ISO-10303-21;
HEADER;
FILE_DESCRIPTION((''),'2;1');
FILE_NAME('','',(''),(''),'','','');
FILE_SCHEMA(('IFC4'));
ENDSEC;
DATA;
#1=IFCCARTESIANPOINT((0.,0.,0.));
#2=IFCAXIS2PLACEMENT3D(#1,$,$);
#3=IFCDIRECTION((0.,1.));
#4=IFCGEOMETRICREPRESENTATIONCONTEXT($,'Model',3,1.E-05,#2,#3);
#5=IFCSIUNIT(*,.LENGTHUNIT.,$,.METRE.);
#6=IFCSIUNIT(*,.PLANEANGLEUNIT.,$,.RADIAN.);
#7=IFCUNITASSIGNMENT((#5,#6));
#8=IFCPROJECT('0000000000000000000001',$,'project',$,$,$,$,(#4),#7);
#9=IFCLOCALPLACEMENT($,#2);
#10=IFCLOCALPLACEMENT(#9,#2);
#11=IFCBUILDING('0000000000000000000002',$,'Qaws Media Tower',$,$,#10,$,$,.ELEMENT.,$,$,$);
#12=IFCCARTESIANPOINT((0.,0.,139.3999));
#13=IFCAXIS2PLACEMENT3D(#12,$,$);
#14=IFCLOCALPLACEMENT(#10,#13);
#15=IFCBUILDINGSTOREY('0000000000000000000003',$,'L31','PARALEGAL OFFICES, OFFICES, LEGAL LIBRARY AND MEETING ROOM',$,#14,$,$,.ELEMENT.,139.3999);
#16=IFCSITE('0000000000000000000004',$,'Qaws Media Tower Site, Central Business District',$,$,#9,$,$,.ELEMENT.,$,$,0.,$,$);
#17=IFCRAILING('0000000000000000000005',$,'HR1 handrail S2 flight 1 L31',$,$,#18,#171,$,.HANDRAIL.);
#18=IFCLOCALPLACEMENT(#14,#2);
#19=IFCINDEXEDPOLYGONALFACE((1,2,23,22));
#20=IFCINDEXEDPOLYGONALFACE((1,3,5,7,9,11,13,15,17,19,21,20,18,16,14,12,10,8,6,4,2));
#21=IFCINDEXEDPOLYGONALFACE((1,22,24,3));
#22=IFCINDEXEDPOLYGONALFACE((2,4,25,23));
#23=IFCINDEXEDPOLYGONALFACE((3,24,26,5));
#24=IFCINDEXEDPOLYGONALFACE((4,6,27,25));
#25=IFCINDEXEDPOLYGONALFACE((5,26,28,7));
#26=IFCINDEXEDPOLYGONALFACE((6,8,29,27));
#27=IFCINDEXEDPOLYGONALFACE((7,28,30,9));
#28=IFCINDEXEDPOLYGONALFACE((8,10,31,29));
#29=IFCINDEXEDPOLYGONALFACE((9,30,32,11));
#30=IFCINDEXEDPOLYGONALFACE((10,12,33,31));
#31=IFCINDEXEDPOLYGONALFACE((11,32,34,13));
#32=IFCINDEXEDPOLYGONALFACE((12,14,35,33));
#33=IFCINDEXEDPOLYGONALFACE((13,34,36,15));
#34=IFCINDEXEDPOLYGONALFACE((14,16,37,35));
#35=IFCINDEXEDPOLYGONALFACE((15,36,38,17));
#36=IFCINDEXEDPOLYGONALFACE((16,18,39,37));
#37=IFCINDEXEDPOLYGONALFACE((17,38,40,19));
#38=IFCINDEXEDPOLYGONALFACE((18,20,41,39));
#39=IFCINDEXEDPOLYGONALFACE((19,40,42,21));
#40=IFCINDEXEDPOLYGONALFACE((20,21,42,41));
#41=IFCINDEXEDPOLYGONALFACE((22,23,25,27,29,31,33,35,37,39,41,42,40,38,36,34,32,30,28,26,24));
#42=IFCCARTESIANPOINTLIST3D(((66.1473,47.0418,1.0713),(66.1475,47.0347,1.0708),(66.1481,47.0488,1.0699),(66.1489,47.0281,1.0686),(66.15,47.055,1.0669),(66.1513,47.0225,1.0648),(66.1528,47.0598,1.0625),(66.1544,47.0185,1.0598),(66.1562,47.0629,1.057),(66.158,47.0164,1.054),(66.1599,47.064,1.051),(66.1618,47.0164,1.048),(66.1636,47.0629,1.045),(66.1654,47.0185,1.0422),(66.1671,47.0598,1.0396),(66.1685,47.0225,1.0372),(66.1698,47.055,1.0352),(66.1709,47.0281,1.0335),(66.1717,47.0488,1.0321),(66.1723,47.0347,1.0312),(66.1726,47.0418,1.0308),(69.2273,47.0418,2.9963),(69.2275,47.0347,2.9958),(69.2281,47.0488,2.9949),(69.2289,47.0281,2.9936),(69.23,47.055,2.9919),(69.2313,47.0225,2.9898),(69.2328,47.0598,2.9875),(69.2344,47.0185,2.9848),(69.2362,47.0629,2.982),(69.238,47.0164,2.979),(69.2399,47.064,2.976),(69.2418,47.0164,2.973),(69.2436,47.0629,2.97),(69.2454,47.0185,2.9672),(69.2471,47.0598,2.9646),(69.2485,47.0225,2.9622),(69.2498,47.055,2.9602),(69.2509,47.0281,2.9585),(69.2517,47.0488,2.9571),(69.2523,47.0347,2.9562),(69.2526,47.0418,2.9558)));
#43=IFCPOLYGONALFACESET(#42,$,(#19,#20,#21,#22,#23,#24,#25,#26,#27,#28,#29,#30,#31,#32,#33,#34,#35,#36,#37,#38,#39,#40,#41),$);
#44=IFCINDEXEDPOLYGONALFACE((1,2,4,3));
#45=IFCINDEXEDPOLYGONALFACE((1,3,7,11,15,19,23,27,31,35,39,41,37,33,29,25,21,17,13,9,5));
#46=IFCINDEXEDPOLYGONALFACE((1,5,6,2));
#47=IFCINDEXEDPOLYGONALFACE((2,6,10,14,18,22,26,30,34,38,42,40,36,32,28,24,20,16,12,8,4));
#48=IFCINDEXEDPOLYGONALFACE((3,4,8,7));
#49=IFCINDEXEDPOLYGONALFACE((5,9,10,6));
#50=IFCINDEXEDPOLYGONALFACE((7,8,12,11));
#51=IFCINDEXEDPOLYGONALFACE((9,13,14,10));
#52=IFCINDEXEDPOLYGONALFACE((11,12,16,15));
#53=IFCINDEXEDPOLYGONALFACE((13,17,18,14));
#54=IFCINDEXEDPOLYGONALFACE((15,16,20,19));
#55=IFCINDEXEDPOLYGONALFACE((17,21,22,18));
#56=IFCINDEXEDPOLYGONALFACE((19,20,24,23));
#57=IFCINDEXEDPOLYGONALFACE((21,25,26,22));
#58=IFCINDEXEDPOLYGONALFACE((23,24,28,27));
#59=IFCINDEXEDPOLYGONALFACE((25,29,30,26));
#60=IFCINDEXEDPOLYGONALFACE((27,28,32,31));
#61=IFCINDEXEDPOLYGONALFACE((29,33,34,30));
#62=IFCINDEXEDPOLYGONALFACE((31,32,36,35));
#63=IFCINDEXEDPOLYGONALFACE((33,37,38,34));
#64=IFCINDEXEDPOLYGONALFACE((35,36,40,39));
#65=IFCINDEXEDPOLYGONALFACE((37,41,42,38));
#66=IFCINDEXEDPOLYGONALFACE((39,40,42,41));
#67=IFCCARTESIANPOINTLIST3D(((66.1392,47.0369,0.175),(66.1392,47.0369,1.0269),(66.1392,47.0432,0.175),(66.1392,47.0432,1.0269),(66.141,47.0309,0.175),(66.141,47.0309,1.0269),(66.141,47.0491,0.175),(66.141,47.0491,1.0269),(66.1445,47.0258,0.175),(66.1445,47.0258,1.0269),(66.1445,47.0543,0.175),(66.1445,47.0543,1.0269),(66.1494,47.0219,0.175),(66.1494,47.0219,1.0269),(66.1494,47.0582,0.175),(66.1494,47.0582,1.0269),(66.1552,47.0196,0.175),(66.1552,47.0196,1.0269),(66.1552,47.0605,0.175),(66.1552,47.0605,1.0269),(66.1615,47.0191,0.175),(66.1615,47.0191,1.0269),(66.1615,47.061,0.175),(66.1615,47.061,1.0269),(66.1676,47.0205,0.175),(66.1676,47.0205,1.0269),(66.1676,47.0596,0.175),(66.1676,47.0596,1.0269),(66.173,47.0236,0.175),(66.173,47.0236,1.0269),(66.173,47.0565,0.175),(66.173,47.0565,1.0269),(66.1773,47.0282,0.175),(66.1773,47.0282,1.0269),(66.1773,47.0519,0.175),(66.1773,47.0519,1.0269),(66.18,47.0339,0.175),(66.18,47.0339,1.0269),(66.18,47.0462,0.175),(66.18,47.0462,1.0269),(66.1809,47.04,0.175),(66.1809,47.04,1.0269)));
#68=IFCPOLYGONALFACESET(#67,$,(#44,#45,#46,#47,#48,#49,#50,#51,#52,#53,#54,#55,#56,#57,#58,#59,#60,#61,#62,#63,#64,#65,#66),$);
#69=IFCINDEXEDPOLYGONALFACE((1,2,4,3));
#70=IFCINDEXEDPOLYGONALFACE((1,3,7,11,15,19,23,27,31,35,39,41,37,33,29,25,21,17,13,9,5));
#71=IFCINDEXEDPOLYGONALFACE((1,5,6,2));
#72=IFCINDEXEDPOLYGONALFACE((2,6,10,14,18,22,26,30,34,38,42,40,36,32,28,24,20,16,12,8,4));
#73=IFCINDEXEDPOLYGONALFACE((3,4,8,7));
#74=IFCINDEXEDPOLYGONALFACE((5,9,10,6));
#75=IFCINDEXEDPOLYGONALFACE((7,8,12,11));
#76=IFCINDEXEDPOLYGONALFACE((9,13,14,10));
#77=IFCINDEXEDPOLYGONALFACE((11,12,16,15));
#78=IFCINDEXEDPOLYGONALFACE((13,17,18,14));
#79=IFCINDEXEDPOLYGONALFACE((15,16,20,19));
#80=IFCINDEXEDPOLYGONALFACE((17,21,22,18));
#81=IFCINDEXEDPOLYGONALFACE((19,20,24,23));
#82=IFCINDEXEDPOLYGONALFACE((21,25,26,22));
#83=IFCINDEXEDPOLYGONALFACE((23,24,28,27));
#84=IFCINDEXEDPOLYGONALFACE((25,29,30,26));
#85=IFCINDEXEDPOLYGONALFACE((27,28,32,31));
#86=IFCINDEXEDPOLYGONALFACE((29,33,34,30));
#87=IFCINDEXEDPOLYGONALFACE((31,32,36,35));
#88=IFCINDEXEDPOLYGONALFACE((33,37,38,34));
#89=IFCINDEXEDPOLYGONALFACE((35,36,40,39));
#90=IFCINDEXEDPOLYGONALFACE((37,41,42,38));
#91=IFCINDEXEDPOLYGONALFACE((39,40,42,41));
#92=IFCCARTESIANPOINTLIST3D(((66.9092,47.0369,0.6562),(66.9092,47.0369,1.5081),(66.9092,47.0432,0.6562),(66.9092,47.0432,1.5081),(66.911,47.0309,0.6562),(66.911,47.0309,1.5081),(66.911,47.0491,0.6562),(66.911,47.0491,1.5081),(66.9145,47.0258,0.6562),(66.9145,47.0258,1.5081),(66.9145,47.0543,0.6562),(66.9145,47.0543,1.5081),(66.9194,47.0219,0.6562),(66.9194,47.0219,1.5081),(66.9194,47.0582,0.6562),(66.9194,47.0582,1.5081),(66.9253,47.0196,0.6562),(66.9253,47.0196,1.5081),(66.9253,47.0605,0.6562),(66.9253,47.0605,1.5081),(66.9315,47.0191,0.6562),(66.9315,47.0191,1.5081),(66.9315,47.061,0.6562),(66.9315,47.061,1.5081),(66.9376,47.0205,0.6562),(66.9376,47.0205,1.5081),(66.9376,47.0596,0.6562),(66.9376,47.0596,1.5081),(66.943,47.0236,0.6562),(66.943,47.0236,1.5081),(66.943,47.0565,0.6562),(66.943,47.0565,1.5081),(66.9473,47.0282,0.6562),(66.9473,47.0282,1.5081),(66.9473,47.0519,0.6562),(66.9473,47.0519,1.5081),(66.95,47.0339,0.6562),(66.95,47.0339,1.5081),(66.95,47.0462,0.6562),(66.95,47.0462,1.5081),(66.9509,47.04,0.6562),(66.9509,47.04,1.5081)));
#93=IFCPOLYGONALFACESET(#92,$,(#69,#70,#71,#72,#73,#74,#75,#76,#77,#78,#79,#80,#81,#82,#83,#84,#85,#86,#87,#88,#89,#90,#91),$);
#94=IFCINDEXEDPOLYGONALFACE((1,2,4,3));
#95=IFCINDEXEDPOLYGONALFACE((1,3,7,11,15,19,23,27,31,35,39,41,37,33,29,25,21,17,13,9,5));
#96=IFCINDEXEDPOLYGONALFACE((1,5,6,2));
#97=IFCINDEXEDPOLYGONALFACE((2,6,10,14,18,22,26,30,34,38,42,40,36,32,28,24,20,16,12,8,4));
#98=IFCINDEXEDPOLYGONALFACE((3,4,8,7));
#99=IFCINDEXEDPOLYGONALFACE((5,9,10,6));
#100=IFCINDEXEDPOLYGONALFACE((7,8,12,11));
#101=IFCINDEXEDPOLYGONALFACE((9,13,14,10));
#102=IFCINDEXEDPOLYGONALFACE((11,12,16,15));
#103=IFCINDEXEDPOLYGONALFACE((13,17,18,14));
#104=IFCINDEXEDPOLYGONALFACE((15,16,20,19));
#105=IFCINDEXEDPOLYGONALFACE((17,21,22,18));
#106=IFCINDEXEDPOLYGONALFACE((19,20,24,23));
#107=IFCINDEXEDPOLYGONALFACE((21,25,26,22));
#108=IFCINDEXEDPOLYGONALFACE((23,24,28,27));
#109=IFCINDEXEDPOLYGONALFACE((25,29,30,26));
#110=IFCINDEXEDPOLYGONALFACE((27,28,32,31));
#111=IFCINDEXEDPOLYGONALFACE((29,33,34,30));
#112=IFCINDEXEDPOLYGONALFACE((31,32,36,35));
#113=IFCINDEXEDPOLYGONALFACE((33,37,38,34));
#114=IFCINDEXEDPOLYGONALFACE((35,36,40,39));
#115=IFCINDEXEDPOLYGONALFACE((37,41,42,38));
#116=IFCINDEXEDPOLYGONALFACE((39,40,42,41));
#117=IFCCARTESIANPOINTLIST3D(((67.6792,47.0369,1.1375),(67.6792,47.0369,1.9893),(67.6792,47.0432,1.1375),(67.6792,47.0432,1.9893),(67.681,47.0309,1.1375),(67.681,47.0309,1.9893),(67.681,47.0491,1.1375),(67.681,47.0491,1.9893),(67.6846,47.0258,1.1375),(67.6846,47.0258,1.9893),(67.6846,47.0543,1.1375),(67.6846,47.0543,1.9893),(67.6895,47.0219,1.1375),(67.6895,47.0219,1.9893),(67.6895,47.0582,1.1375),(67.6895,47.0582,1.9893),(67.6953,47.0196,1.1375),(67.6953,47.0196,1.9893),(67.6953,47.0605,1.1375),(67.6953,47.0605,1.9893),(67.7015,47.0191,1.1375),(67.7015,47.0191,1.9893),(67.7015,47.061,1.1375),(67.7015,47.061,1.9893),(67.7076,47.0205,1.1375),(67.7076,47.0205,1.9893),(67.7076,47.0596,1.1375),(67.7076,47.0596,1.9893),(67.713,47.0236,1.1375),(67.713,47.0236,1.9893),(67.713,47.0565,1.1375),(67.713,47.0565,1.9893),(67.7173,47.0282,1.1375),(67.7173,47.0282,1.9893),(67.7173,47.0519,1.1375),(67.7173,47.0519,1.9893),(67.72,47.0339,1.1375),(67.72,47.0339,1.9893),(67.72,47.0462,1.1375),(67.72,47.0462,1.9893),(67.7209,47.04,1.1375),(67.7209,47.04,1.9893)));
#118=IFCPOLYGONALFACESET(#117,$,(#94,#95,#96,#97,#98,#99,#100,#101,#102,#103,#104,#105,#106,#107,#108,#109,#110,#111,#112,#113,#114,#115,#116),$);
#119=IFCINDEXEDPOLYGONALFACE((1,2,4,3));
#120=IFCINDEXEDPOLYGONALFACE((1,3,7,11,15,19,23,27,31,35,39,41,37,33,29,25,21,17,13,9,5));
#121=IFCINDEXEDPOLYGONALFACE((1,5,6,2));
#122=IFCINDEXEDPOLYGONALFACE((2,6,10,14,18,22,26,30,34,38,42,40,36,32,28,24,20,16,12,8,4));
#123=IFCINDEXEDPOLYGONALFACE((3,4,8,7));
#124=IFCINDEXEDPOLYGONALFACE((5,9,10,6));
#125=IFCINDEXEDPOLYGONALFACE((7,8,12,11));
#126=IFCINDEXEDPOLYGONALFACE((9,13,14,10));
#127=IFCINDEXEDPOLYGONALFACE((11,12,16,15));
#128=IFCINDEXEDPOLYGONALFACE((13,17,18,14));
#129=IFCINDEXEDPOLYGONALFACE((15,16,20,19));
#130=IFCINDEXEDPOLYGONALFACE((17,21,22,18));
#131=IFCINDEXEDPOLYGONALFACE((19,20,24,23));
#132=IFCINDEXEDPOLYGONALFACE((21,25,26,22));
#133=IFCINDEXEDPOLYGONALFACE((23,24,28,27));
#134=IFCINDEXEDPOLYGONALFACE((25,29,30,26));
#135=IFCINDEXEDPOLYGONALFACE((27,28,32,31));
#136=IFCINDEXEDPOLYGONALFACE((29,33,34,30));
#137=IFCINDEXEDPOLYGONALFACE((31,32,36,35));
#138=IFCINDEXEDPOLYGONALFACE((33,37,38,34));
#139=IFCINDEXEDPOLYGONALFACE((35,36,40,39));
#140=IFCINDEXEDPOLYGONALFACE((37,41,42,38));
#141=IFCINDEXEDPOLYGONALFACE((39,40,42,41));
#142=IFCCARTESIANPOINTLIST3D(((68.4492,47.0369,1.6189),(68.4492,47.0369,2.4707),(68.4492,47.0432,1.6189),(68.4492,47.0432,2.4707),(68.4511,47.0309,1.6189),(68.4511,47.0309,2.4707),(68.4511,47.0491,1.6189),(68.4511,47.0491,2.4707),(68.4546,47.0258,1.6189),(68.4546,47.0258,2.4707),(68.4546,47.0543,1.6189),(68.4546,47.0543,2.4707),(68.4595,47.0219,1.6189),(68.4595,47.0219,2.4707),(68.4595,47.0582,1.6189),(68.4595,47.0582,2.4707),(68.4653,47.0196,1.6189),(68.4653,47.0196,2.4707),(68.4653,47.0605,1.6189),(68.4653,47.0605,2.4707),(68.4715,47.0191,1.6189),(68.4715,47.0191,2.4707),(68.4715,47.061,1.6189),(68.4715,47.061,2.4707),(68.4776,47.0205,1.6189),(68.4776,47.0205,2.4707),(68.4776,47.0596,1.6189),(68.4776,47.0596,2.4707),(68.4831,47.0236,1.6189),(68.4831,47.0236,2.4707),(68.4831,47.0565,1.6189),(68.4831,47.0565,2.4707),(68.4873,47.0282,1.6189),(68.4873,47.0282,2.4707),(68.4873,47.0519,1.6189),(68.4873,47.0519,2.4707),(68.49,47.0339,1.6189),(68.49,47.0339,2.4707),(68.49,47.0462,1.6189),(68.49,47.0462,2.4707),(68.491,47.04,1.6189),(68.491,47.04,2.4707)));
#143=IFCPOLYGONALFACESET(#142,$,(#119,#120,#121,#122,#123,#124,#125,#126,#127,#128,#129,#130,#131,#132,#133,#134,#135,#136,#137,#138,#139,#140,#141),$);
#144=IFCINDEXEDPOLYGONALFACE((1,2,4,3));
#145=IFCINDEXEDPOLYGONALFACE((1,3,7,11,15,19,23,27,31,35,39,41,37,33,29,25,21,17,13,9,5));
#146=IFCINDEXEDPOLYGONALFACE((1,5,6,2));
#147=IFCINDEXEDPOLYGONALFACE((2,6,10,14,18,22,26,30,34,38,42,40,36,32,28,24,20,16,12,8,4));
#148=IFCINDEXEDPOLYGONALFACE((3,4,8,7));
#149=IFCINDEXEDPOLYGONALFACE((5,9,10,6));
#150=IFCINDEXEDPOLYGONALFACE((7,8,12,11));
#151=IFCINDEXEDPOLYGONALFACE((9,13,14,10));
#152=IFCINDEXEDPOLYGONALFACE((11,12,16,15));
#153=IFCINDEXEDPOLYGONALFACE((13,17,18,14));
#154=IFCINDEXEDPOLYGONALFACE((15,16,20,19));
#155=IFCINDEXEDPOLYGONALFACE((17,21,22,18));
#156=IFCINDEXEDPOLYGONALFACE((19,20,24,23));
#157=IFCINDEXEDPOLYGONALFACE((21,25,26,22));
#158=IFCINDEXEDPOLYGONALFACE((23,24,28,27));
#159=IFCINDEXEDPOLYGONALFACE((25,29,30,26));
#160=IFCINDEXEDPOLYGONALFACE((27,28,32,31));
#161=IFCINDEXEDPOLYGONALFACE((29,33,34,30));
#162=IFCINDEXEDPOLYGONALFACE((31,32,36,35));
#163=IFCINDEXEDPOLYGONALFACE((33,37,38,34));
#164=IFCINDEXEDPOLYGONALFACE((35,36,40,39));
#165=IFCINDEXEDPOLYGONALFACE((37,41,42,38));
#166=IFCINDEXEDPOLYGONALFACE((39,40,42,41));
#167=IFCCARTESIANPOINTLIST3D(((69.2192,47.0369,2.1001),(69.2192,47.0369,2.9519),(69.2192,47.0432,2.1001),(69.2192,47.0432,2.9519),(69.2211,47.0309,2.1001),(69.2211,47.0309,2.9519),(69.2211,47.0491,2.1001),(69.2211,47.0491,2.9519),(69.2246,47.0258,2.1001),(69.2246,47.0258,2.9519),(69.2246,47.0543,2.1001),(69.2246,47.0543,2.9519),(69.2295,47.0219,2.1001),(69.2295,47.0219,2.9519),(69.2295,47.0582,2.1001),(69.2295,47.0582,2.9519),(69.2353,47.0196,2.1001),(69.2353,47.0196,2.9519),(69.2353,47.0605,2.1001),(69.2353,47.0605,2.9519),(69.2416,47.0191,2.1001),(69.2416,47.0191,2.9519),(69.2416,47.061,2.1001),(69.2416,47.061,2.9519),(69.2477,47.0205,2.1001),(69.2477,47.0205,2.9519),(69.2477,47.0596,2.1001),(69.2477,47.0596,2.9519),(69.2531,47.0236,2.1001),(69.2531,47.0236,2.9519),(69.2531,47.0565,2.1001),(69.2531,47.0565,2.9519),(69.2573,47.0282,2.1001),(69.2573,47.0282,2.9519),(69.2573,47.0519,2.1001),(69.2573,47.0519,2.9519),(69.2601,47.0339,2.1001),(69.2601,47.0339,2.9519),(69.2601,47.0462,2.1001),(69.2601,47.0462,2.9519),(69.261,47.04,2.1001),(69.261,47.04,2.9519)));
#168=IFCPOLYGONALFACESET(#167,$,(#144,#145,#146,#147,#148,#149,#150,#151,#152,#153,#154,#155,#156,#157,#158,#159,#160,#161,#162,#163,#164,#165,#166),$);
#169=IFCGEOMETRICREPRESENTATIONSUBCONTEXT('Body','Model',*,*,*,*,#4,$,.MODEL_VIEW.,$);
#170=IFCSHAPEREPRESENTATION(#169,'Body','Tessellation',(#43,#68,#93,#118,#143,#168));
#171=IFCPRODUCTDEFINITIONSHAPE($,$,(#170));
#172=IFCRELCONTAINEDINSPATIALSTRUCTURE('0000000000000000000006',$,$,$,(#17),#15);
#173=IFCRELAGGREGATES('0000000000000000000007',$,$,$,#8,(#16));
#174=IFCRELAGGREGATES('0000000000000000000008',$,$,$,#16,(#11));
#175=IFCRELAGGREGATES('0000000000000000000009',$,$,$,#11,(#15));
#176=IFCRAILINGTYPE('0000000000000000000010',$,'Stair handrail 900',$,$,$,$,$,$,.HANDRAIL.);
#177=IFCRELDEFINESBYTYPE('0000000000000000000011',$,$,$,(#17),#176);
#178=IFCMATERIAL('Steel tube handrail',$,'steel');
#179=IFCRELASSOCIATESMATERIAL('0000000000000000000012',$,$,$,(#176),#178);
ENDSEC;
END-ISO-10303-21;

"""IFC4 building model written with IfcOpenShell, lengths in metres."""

from ifc_helpers import new_model, si_unit, direction, frame, origin, origin_2d, place, context, subcontext, project, spatial, circle, extrude, material, type_object, element, save


model = new_model("IFC4")

# Units and contexts
model_context = context("Model", 3, precision=1e-05, world=origin(), true_north=direction((0.0, 1.0)))
body_context = subcontext(model_context, "Body", "Model", "MODEL_VIEW")
ifc_project = project(units=[si_unit("LENGTHUNIT", "METRE"), si_unit("PLANEANGLEUNIT", "RADIAN")], contexts=[model_context])

# Site, building, storey
site_placement = place(None, origin())
site = spatial("IfcSite", under=ifc_project, at=site_placement, Name="Qaws Media Tower Site, Central Business District", CompositionType="ELEMENT", RefElevation=0.0)
building_placement = place(site_placement, origin())
building = spatial("IfcBuilding", under=site, at=building_placement, Name="Qaws Media Tower", CompositionType="ELEMENT")
storey_placement = place(building_placement, frame((0.0, 0.0, 139.3999)))
storey = spatial("IfcBuildingStorey", under=building, at=storey_placement, Name="L31", Description="PARALEGAL OFFICES, OFFICES, LEGAL LIBRARY AND MEETING ROOM", CompositionType="ELEMENT", Elevation=139.3999)

# Railing
ifc_material_1 = material(Name="Steel tube handrail", Category="steel")
railing_type = type_object("IfcRailingType", Name="Stair handrail 900", PredefinedType="HANDRAIL", material=ifc_material_1)
for number, where, name in (
    (1, (66.1599, 47.04, 0.175), "HR1 handrail S2 flight 1 L31"),
):
    element("IfcRailing", number, at=place(storey_placement, frame(where)), inside=storey, type_object=railing_type, Name=name, PredefinedType="HANDRAIL", context=body_context, shape_type="SweptSolid", body=[
        extrude(circle(Radius=0.0239, at=origin_2d()), frame((0.0, 0.0, 0.876), z_axis=(0.847998, 0.0, 0.529999), x_axis=(0.0, 1.0, 0.0)), (0.0, 0.0, 1.0), 3.6321),
        extrude(circle(Radius=0.021, at=origin_2d()), origin(), (0.0, 0.0, 1.0), 0.8518),
        extrude(circle(Radius=0.021, at=origin_2d()), frame((0.77, 0.0, 0.4812)), (0.0, 0.0, 1.0), 0.8518),
        extrude(circle(Radius=0.021, at=origin_2d()), frame((1.54, 0.0, 0.9624)), (0.0, 0.0, 1.0), 0.8518),
        extrude(circle(Radius=0.021, at=origin_2d()), frame((2.3101, 0.0, 1.4438)), (0.0, 0.0, 1.0), 0.8518),
        extrude(circle(Radius=0.021, at=origin_2d()), frame((3.0801, 0.0, 1.925)), (0.0, 0.0, 1.0), 0.8518),
    ])

save(model, "model.ifc")
